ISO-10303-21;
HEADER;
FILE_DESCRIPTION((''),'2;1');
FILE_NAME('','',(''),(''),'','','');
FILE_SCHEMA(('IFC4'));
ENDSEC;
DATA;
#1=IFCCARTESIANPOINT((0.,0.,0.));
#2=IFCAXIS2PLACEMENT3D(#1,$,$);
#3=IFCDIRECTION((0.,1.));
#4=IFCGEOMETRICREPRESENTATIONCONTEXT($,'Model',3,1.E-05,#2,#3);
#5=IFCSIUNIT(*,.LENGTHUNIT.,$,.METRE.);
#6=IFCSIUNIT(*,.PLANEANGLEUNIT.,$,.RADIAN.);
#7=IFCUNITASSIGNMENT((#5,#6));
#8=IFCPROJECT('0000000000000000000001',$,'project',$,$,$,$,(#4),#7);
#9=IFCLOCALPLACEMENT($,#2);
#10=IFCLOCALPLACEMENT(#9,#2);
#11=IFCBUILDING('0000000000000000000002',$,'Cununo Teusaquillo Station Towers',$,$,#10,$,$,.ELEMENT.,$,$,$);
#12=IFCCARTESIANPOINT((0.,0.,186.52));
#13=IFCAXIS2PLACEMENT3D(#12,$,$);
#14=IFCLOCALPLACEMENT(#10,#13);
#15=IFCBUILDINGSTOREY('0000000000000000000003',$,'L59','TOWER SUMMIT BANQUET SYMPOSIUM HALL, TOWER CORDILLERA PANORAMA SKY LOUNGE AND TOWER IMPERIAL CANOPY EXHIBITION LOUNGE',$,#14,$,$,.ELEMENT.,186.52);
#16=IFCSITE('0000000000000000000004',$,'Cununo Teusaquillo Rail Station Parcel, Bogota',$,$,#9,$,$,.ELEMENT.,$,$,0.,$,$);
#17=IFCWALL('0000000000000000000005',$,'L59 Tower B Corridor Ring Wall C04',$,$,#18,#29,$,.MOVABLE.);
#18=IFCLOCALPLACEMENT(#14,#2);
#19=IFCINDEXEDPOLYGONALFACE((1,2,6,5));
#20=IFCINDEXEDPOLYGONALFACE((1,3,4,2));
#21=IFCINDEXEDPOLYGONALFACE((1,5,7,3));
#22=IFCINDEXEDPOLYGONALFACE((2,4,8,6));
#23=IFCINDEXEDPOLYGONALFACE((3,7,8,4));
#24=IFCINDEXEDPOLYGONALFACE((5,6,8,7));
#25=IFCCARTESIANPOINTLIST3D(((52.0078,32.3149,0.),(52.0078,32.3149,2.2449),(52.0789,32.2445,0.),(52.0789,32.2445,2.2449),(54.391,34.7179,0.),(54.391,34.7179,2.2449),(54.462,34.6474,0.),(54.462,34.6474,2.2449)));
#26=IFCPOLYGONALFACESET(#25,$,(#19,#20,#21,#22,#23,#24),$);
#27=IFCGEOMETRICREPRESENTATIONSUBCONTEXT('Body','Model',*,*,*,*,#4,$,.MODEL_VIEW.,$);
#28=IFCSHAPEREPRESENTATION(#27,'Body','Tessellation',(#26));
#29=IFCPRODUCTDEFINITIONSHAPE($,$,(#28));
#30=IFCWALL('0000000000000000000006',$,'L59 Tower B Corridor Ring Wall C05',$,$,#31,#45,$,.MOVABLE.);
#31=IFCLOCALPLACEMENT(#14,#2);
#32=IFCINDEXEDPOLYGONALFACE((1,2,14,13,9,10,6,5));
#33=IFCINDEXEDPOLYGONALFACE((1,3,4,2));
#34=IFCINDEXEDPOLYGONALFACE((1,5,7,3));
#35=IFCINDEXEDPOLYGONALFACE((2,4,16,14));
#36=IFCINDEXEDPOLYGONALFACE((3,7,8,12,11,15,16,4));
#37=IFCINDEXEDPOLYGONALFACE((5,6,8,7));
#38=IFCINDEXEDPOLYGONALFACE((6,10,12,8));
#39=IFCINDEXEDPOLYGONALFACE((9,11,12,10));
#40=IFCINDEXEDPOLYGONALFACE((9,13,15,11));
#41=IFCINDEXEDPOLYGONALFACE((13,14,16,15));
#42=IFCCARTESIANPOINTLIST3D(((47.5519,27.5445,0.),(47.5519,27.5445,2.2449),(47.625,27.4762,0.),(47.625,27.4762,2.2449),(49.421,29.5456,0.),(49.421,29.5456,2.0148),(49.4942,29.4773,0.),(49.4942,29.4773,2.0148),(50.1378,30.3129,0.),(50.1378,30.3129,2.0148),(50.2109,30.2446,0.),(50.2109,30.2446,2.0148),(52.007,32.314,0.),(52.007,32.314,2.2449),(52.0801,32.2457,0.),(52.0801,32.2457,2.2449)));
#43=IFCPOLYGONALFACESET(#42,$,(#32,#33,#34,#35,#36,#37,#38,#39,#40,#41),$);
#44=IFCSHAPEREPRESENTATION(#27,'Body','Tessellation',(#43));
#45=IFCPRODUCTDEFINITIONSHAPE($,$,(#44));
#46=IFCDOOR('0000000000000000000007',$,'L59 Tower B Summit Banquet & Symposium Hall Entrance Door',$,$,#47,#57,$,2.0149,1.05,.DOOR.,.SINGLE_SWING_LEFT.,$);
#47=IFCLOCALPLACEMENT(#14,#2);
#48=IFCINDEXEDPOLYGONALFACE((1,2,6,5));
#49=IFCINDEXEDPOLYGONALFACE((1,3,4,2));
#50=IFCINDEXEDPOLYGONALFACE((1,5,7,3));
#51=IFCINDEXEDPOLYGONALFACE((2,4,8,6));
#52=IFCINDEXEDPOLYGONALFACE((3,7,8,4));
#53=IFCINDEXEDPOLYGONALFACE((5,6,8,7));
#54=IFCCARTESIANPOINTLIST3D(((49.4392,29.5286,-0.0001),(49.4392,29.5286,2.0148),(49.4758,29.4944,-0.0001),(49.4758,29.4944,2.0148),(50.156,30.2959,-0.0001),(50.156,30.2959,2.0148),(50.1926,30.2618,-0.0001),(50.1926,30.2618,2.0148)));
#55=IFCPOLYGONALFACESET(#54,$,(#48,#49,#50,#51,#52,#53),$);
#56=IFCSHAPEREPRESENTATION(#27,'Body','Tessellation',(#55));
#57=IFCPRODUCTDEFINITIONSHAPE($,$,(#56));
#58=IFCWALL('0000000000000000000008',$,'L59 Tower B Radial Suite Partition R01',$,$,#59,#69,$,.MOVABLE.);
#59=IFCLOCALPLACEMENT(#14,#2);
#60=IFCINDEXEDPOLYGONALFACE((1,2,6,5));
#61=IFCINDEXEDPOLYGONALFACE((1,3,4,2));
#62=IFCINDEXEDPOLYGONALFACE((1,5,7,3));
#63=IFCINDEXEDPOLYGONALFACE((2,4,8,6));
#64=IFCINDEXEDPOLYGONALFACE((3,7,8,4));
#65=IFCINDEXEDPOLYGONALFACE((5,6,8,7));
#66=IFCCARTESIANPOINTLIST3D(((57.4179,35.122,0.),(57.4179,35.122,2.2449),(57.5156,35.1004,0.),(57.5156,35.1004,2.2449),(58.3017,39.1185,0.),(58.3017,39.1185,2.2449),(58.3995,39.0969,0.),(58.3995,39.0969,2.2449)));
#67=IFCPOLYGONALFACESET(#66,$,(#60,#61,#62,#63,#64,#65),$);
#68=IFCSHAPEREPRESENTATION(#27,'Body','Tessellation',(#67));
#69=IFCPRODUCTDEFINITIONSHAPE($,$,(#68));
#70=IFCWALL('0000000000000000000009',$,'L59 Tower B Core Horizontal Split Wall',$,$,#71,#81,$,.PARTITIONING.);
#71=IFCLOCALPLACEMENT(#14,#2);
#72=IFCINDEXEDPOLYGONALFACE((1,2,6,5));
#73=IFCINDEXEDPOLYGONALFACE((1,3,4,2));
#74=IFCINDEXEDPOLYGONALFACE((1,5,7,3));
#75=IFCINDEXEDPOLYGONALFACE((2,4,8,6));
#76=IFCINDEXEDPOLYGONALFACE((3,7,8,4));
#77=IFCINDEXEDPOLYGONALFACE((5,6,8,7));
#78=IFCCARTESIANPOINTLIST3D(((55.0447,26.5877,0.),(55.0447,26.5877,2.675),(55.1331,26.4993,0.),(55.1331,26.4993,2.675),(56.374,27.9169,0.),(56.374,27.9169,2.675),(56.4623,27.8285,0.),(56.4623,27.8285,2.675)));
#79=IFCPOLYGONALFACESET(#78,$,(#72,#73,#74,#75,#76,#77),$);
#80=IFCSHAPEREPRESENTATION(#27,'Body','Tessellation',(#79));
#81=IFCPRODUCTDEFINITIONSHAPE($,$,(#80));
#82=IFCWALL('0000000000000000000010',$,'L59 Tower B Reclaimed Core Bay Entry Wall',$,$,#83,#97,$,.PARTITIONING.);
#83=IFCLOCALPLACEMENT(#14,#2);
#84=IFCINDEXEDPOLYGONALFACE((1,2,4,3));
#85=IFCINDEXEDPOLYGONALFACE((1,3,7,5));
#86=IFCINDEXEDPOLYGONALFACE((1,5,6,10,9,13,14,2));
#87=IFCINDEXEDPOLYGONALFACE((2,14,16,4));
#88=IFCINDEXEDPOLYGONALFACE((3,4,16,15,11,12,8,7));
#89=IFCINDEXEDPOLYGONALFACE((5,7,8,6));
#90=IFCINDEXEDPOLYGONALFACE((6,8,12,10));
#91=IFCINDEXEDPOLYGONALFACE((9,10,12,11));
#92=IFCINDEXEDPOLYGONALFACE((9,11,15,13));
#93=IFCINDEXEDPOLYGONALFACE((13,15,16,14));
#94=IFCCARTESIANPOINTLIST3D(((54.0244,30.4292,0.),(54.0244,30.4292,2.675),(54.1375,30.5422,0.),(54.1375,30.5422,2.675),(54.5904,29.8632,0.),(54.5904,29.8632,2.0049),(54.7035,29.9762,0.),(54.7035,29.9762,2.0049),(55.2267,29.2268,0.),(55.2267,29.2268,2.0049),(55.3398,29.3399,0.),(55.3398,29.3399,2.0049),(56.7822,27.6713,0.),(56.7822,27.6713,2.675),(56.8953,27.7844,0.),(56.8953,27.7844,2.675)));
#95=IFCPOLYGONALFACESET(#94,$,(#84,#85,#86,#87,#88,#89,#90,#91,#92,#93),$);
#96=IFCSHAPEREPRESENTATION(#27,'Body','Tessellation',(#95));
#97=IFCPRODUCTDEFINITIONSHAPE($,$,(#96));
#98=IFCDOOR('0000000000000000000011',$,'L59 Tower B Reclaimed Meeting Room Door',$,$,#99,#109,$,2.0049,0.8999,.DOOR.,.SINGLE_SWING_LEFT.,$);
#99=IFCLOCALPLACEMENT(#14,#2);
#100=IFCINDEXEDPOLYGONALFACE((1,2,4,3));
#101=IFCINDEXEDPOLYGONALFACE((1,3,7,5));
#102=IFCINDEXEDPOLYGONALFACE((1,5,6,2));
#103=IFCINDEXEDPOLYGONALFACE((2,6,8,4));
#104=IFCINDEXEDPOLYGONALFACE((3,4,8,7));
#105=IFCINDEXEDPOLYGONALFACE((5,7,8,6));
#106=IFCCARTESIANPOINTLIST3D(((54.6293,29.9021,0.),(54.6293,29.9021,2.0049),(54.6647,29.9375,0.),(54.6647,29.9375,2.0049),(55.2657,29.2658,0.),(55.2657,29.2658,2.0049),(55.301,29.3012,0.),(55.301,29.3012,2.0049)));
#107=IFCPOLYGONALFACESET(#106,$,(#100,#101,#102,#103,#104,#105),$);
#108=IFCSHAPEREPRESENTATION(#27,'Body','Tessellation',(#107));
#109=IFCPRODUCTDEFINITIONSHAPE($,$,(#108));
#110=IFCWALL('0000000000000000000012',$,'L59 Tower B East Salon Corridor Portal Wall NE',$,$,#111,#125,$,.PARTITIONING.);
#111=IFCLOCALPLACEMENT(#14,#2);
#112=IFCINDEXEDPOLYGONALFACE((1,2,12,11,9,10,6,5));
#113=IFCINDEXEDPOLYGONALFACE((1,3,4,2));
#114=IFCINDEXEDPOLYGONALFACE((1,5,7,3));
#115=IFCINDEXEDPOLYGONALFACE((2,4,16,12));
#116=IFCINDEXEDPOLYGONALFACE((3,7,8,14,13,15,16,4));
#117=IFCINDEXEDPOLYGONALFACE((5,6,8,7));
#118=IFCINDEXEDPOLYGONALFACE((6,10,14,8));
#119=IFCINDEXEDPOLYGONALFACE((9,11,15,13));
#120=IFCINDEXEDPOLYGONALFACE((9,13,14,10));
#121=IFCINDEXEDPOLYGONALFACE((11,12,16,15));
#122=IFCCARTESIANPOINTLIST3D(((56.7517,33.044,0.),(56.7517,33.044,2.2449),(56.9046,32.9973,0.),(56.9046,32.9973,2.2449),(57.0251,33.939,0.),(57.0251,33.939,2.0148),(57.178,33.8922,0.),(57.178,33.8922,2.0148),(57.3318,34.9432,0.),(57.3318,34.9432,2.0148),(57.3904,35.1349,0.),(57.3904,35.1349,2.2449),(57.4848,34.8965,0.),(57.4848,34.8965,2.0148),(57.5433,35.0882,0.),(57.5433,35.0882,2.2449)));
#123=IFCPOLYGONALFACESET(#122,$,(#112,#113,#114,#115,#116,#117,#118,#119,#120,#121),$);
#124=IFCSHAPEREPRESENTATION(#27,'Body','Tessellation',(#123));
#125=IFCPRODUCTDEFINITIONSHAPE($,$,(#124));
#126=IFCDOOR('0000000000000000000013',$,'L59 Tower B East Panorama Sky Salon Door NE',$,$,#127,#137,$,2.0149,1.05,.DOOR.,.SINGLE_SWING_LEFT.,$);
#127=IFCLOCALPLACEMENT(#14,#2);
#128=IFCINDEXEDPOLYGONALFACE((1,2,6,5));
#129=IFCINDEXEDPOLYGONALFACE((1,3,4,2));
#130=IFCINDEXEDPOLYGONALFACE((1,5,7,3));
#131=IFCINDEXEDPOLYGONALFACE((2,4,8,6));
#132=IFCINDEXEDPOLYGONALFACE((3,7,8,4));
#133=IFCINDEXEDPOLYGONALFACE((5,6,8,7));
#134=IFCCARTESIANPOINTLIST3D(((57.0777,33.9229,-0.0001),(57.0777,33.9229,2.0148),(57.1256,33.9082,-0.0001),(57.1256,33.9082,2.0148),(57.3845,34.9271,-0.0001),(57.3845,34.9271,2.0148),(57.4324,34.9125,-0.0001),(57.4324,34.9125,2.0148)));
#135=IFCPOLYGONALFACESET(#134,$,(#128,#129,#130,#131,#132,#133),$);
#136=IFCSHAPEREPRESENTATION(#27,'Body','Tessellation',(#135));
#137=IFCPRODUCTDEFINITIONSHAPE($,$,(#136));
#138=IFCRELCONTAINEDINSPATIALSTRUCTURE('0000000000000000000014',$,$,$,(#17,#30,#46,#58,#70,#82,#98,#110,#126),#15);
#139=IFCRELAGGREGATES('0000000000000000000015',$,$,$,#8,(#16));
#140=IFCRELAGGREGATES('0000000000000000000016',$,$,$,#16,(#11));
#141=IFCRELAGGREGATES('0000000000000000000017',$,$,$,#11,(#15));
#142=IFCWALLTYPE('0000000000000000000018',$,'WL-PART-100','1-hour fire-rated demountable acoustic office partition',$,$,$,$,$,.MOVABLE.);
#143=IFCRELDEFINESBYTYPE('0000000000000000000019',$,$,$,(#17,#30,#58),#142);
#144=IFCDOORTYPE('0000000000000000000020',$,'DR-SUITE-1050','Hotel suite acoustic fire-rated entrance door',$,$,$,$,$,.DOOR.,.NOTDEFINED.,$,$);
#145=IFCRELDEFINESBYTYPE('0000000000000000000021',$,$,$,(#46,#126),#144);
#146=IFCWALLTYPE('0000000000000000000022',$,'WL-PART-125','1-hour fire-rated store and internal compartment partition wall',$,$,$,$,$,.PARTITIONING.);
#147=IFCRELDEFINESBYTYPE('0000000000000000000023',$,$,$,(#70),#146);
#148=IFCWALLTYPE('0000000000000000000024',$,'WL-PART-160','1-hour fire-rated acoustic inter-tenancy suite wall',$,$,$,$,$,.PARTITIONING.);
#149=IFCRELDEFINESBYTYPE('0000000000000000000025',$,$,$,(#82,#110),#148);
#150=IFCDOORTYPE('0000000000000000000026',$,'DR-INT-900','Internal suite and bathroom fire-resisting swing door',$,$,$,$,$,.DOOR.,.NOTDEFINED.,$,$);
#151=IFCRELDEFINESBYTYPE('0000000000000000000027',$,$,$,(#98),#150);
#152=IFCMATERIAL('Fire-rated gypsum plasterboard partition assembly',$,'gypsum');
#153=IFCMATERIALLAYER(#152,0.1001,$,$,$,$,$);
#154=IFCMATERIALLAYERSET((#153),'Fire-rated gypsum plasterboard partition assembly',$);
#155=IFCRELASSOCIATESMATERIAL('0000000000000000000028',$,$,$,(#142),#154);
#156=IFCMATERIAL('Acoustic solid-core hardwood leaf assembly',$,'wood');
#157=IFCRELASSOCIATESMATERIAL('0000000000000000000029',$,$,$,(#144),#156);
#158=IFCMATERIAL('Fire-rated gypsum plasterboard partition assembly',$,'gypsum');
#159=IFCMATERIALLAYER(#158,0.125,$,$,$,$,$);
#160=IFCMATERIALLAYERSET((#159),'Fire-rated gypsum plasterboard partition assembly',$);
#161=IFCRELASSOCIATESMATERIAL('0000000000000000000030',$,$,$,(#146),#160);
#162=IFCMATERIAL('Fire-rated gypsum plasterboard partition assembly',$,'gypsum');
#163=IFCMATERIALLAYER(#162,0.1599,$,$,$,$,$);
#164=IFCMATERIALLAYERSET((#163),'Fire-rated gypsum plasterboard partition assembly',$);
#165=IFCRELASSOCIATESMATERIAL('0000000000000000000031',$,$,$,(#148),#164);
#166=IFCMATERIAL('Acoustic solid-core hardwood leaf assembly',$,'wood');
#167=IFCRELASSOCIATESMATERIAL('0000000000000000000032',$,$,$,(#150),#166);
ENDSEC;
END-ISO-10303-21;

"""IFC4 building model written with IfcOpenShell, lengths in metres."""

from ifc_helpers import new_model, si_unit, direction, frame, frame_2d, origin, place, context, subcontext, project, spatial, rectangle, extrude, source, transform, mapped, material, layer, layer_set, type_object, element, fill, save


model = new_model("IFC4")

# Units and contexts
model_context = context("Model", 3, precision=1e-05, world=origin(), true_north=direction((0.0, 1.0)))
body_context = subcontext(model_context, "Body", "Model", "MODEL_VIEW")
ifc_project = project(units=[si_unit("LENGTHUNIT", "METRE"), si_unit("PLANEANGLEUNIT", "RADIAN")], contexts=[model_context])

# Site, building, storey
site_placement = place(None, origin())
site = spatial("IfcSite", under=ifc_project, at=site_placement, Name="Cununo Teusaquillo Rail Station Parcel, Bogota", CompositionType="ELEMENT", RefElevation=0.0)
building_placement = place(site_placement, origin())
building = spatial("IfcBuilding", under=site, at=building_placement, Name="Cununo Teusaquillo Station Towers", CompositionType="ELEMENT")
storey_placement = place(building_placement, frame((0.0, 0.0, 186.52)))
storey = spatial("IfcBuildingStorey", under=building, at=storey_placement, Name="L59", Description="TOWER SUMMIT BANQUET SYMPOSIUM HALL, TOWER CORDILLERA PANORAMA SKY LOUNGE AND TOWER IMPERIAL CANOPY EXHIBITION LOUNGE", CompositionType="ELEMENT", Elevation=186.52)

# Wall
ifc_material_1 = material(Name="Fire-rated gypsum plasterboard partition assembly", Category="gypsum")
ifc_layer_1 = layer(ifc_material_1, 0.1001)
ifc_layer_set_1 = layer_set([ifc_layer_1], Name="Fire-rated gypsum plasterboard partition assembly")
wall_type_1 = type_object("IfcWallType", Name="WL-PART-100", Description="1-hour fire-rated demountable acoustic office partition", PredefinedType="MOVABLE", material=ifc_layer_set_1)
wall_1_placement = place(storey_placement, frame((54.4265, 34.6826, 0.0), z_axis=(0.0, 0.0, 1.0), x_axis=(-0.704179, -0.710022, 0.0)))
element("IfcWall", 1, at=wall_1_placement, inside=storey, type_object=wall_type_1, Name="L59 Tower B Corridor Ring Wall C04", PredefinedType="MOVABLE", context=body_context, shape_type="SweptSolid", body=[
    extrude(rectangle(XDim=3.3843, YDim=0.1001, at=frame_2d((1.6921, 0.0))), origin(), (0.0, 0.0, 1.0), 2.2449),
])

# Wall, opening, door
wall_2_placement = place(storey_placement, frame((52.0435, 32.2798, 0.0), z_axis=(0.0, 0.0, 1.0), x_axis=(-0.682606, -0.730787, 0.0)))
wall_2 = element("IfcWall", 2, at=wall_2_placement, inside=storey, type_object=wall_type_1, Name="L59 Tower B Corridor Ring Wall C05", PredefinedType="MOVABLE", context=body_context, shape_type="SweptSolid", body=[
    extrude(rectangle(XDim=6.5266, YDim=0.1001, at=frame_2d((3.2632, 0.0))), origin(), (0.0, 0.0, 1.0), 2.2449),
])
shared_shape_1 = source(origin(), body_context, "Body", "SweptSolid", [
    extrude(rectangle(XDim=1.05, YDim=2.0149, at=frame_2d((0.5249, 1.0073))), frame((0.0, 0.0601, 0.0), z_axis=(0.0, -1.0, 0.0), x_axis=(1.0, 0.0, 0.0)), (0.0, 0.0, 1.0), 0.1201),
])
opening_1_placement = place(wall_2_placement, frame((2.7383, 0.0, 0.0)))
opening_1 = element("IfcOpeningElement", 3, at=opening_1_placement, cuts=wall_2, PredefinedType="OPENING", context=body_context, shape_type="MappedRepresentation", body=[
    mapped(shared_shape_1, transform((0.0, 0.0, 0.0), x_axis=(1.0, 0.0, 0.0), y_axis=(0.0, 1.0, 0.0), z_axis=(0.0, 0.0, 1.0), scale=1.0)),
])
ifc_material_2 = material(Name="Acoustic solid-core hardwood leaf assembly", Category="wood")
door_type_1 = type_object("IfcDoorType", Name="DR-SUITE-1050", Description="Hotel suite acoustic fire-rated entrance door", OperationType="NOTDEFINED", PredefinedType="DOOR", material=ifc_material_2)
shared_shape_2 = source(origin(), body_context, "Body", "SweptSolid", [
    extrude(rectangle(XDim=1.05, YDim=2.0149, at=frame_2d((0.5249, 1.0073))), frame((0.0, 0.0249, 0.0), z_axis=(0.0, -1.0, 0.0), x_axis=(1.0, 0.0, 0.0)), (0.0, 0.0, 1.0), 0.05),
])
door_1_placement = place(opening_1_placement, origin())
door_1 = element("IfcDoor", 4, at=door_1_placement, inside=storey, type_object=door_type_1, Name="L59 Tower B Summit Banquet & Symposium Hall Entrance Door", OperationType="SINGLE_SWING_LEFT", OverallHeight=2.0149, OverallWidth=1.05, PredefinedType="DOOR", context=body_context, shape_type="MappedRepresentation", body=[
    mapped(shared_shape_2, transform((0.0, 0.0, 0.0), x_axis=(1.0, 0.0, 0.0), y_axis=(0.0, 1.0, 0.0), z_axis=(0.0, 0.0, 1.0), scale=1.0)),
])
fill(opening_1, door_1)

# Walls
wall_3_placement = place(storey_placement, frame((57.4668, 35.1113, 0.0), z_axis=(0.0, 0.0, 1.0), x_axis=(0.215932, 0.976408, 0.0)))
element("IfcWall", 5, at=wall_3_placement, inside=storey, type_object=wall_type_1, Name="L59 Tower B Radial Suite Partition R01", PredefinedType="MOVABLE", context=body_context, shape_type="SweptSolid", body=[
    extrude(rectangle(XDim=4.093, YDim=0.1001, at=frame_2d((2.0464, 0.0))), origin(), (0.0, 0.0, 1.0), 2.2449),
])
ifc_material_3 = material(Name="Fire-rated gypsum plasterboard partition assembly", Category="gypsum")
ifc_layer_2 = layer(ifc_material_3, 0.125)
ifc_layer_set_2 = layer_set([ifc_layer_2], Name="Fire-rated gypsum plasterboard partition assembly")
wall_type_2 = type_object("IfcWallType", Name="WL-PART-125", Description="1-hour fire-rated store and internal compartment partition wall", PredefinedType="PARTITIONING", material=ifc_layer_set_2)
wall_4_placement = place(storey_placement, frame((55.0889, 26.5435, 0.0), z_axis=(0.0, 0.0, 1.0), x_axis=(0.707107, 0.707107, 0.0)))
element("IfcWall", 6, at=wall_4_placement, inside=storey, type_object=wall_type_2, Name="L59 Tower B Core Horizontal Split Wall", PredefinedType="PARTITIONING", context=body_context, shape_type="SweptSolid", body=[
    extrude(rectangle(XDim=1.8799, YDim=0.125, at=frame_2d((0.9399, 0.0))), origin(), (0.0, 0.0, 1.0), 2.675),
])

# Walls, openings, doors
ifc_material_4 = material(Name="Fire-rated gypsum plasterboard partition assembly", Category="gypsum")
ifc_layer_3 = layer(ifc_material_4, 0.1599)
ifc_layer_set_3 = layer_set([ifc_layer_3], Name="Fire-rated gypsum plasterboard partition assembly")
wall_type_3 = type_object("IfcWallType", Name="WL-PART-160", Description="1-hour fire-rated acoustic inter-tenancy suite wall", PredefinedType="PARTITIONING", material=ifc_layer_set_3)
wall_5_placement = place(storey_placement, frame((56.8389, 27.7278, 0.0), z_axis=(0.0, 0.0, 1.0), x_axis=(-0.707107, 0.707107, 0.0)))
wall_5 = element("IfcWall", 7, at=wall_5_placement, inside=storey, type_object=wall_type_3, Name="L59 Tower B Reclaimed Core Bay Entry Wall", PredefinedType="PARTITIONING", context=body_context, shape_type="SweptSolid", body=[
    extrude(rectangle(XDim=3.9001, YDim=0.1599, at=frame_2d((1.9502, 0.0))), origin(), (0.0, 0.0, 1.0), 2.675),
])
shared_shape_3 = source(origin(), body_context, "Body", "SweptSolid", [
    extrude(rectangle(XDim=0.8999, YDim=2.0049, at=frame_2d((0.45, 1.0024))), frame((0.0, 0.0898, 0.0), z_axis=(0.0, -1.0, 0.0), x_axis=(1.0, 0.0, 0.0)), (0.0, 0.0, 1.0), 0.1799),
])
opening_2_placement = place(wall_5_placement, frame((2.2, 0.0, 0.0)))
opening_2 = element("IfcOpeningElement", 8, at=opening_2_placement, cuts=wall_5, PredefinedType="OPENING", context=body_context, shape_type="MappedRepresentation", body=[
    mapped(shared_shape_3, transform((0.0, 0.0, 0.0), x_axis=(1.0, 0.0, 0.0), y_axis=(0.0, 1.0, 0.0), z_axis=(0.0, 0.0, 1.0), scale=1.0)),
])
ifc_material_5 = material(Name="Acoustic solid-core hardwood leaf assembly", Category="wood")
door_type_2 = type_object("IfcDoorType", Name="DR-INT-900", Description="Internal suite and bathroom fire-resisting swing door", OperationType="NOTDEFINED", PredefinedType="DOOR", material=ifc_material_5)
shared_shape_4 = source(origin(), body_context, "Body", "SweptSolid", [
    extrude(rectangle(XDim=0.8999, YDim=2.0049, at=frame_2d((0.45, 1.0024))), frame((0.0, 0.0249, 0.0), z_axis=(0.0, -1.0, 0.0), x_axis=(1.0, 0.0, 0.0)), (0.0, 0.0, 1.0), 0.05),
])
door_2_placement = place(opening_2_placement, origin())
door_2 = element("IfcDoor", 9, at=door_2_placement, inside=storey, type_object=door_type_2, Name="L59 Tower B Reclaimed Meeting Room Door", OperationType="SINGLE_SWING_LEFT", OverallHeight=2.0049, OverallWidth=0.8999, PredefinedType="DOOR", context=body_context, shape_type="MappedRepresentation", body=[
    mapped(shared_shape_4, transform((0.0, 0.0, 0.0), x_axis=(1.0, 0.0, 0.0), y_axis=(0.0, 1.0, 0.0), z_axis=(0.0, 0.0, 1.0), scale=1.0)),
])
fill(opening_2, door_2)
wall_6_placement = place(storey_placement, frame((56.8281, 33.0205, 0.0), z_axis=(0.0, 0.0, 1.0), x_axis=(0.292139, 0.956376, 0.0)))
wall_6 = element("IfcWall", 10, at=wall_6_placement, inside=storey, type_object=wall_type_3, Name="L59 Tower B East Salon Corridor Portal Wall NE", PredefinedType="PARTITIONING", context=body_context, shape_type="SweptSolid", body=[
    extrude(rectangle(XDim=2.1863, YDim=0.1599, at=frame_2d((1.0933, 0.0))), origin(), (0.0, 0.0, 1.0), 2.2449),
])
shared_shape_5 = source(origin(), body_context, "Body", "SweptSolid", [
    extrude(rectangle(XDim=1.05, YDim=2.0149, at=frame_2d((0.5249, 1.0073))), frame((0.0, 0.0898, 0.0), z_axis=(0.0, -1.0, 0.0), x_axis=(1.0, 0.0, 0.0)), (0.0, 0.0, 1.0), 0.1799),
])
opening_3_placement = place(wall_6_placement, frame((0.936, 0.0, 0.0)))
opening_3 = element("IfcOpeningElement", 11, at=opening_3_placement, cuts=wall_6, PredefinedType="OPENING", context=body_context, shape_type="MappedRepresentation", body=[
    mapped(shared_shape_5, transform((0.0, 0.0, 0.0), x_axis=(1.0, 0.0, 0.0), y_axis=(0.0, 1.0, 0.0), z_axis=(0.0, 0.0, 1.0), scale=1.0)),
])
door_3_placement = place(opening_3_placement, origin())
door_3 = element("IfcDoor", 12, at=door_3_placement, inside=storey, type_object=door_type_1, Name="L59 Tower B East Panorama Sky Salon Door NE", OperationType="SINGLE_SWING_LEFT", OverallHeight=2.0149, OverallWidth=1.05, PredefinedType="DOOR", context=body_context, shape_type="MappedRepresentation", body=[
    mapped(shared_shape_2, transform((0.0, 0.0, 0.0), x_axis=(1.0, 0.0, 0.0), y_axis=(0.0, 1.0, 0.0), z_axis=(0.0, 0.0, 1.0), scale=1.0)),
])
fill(opening_3, door_3)

save(model, "model.ifc")
